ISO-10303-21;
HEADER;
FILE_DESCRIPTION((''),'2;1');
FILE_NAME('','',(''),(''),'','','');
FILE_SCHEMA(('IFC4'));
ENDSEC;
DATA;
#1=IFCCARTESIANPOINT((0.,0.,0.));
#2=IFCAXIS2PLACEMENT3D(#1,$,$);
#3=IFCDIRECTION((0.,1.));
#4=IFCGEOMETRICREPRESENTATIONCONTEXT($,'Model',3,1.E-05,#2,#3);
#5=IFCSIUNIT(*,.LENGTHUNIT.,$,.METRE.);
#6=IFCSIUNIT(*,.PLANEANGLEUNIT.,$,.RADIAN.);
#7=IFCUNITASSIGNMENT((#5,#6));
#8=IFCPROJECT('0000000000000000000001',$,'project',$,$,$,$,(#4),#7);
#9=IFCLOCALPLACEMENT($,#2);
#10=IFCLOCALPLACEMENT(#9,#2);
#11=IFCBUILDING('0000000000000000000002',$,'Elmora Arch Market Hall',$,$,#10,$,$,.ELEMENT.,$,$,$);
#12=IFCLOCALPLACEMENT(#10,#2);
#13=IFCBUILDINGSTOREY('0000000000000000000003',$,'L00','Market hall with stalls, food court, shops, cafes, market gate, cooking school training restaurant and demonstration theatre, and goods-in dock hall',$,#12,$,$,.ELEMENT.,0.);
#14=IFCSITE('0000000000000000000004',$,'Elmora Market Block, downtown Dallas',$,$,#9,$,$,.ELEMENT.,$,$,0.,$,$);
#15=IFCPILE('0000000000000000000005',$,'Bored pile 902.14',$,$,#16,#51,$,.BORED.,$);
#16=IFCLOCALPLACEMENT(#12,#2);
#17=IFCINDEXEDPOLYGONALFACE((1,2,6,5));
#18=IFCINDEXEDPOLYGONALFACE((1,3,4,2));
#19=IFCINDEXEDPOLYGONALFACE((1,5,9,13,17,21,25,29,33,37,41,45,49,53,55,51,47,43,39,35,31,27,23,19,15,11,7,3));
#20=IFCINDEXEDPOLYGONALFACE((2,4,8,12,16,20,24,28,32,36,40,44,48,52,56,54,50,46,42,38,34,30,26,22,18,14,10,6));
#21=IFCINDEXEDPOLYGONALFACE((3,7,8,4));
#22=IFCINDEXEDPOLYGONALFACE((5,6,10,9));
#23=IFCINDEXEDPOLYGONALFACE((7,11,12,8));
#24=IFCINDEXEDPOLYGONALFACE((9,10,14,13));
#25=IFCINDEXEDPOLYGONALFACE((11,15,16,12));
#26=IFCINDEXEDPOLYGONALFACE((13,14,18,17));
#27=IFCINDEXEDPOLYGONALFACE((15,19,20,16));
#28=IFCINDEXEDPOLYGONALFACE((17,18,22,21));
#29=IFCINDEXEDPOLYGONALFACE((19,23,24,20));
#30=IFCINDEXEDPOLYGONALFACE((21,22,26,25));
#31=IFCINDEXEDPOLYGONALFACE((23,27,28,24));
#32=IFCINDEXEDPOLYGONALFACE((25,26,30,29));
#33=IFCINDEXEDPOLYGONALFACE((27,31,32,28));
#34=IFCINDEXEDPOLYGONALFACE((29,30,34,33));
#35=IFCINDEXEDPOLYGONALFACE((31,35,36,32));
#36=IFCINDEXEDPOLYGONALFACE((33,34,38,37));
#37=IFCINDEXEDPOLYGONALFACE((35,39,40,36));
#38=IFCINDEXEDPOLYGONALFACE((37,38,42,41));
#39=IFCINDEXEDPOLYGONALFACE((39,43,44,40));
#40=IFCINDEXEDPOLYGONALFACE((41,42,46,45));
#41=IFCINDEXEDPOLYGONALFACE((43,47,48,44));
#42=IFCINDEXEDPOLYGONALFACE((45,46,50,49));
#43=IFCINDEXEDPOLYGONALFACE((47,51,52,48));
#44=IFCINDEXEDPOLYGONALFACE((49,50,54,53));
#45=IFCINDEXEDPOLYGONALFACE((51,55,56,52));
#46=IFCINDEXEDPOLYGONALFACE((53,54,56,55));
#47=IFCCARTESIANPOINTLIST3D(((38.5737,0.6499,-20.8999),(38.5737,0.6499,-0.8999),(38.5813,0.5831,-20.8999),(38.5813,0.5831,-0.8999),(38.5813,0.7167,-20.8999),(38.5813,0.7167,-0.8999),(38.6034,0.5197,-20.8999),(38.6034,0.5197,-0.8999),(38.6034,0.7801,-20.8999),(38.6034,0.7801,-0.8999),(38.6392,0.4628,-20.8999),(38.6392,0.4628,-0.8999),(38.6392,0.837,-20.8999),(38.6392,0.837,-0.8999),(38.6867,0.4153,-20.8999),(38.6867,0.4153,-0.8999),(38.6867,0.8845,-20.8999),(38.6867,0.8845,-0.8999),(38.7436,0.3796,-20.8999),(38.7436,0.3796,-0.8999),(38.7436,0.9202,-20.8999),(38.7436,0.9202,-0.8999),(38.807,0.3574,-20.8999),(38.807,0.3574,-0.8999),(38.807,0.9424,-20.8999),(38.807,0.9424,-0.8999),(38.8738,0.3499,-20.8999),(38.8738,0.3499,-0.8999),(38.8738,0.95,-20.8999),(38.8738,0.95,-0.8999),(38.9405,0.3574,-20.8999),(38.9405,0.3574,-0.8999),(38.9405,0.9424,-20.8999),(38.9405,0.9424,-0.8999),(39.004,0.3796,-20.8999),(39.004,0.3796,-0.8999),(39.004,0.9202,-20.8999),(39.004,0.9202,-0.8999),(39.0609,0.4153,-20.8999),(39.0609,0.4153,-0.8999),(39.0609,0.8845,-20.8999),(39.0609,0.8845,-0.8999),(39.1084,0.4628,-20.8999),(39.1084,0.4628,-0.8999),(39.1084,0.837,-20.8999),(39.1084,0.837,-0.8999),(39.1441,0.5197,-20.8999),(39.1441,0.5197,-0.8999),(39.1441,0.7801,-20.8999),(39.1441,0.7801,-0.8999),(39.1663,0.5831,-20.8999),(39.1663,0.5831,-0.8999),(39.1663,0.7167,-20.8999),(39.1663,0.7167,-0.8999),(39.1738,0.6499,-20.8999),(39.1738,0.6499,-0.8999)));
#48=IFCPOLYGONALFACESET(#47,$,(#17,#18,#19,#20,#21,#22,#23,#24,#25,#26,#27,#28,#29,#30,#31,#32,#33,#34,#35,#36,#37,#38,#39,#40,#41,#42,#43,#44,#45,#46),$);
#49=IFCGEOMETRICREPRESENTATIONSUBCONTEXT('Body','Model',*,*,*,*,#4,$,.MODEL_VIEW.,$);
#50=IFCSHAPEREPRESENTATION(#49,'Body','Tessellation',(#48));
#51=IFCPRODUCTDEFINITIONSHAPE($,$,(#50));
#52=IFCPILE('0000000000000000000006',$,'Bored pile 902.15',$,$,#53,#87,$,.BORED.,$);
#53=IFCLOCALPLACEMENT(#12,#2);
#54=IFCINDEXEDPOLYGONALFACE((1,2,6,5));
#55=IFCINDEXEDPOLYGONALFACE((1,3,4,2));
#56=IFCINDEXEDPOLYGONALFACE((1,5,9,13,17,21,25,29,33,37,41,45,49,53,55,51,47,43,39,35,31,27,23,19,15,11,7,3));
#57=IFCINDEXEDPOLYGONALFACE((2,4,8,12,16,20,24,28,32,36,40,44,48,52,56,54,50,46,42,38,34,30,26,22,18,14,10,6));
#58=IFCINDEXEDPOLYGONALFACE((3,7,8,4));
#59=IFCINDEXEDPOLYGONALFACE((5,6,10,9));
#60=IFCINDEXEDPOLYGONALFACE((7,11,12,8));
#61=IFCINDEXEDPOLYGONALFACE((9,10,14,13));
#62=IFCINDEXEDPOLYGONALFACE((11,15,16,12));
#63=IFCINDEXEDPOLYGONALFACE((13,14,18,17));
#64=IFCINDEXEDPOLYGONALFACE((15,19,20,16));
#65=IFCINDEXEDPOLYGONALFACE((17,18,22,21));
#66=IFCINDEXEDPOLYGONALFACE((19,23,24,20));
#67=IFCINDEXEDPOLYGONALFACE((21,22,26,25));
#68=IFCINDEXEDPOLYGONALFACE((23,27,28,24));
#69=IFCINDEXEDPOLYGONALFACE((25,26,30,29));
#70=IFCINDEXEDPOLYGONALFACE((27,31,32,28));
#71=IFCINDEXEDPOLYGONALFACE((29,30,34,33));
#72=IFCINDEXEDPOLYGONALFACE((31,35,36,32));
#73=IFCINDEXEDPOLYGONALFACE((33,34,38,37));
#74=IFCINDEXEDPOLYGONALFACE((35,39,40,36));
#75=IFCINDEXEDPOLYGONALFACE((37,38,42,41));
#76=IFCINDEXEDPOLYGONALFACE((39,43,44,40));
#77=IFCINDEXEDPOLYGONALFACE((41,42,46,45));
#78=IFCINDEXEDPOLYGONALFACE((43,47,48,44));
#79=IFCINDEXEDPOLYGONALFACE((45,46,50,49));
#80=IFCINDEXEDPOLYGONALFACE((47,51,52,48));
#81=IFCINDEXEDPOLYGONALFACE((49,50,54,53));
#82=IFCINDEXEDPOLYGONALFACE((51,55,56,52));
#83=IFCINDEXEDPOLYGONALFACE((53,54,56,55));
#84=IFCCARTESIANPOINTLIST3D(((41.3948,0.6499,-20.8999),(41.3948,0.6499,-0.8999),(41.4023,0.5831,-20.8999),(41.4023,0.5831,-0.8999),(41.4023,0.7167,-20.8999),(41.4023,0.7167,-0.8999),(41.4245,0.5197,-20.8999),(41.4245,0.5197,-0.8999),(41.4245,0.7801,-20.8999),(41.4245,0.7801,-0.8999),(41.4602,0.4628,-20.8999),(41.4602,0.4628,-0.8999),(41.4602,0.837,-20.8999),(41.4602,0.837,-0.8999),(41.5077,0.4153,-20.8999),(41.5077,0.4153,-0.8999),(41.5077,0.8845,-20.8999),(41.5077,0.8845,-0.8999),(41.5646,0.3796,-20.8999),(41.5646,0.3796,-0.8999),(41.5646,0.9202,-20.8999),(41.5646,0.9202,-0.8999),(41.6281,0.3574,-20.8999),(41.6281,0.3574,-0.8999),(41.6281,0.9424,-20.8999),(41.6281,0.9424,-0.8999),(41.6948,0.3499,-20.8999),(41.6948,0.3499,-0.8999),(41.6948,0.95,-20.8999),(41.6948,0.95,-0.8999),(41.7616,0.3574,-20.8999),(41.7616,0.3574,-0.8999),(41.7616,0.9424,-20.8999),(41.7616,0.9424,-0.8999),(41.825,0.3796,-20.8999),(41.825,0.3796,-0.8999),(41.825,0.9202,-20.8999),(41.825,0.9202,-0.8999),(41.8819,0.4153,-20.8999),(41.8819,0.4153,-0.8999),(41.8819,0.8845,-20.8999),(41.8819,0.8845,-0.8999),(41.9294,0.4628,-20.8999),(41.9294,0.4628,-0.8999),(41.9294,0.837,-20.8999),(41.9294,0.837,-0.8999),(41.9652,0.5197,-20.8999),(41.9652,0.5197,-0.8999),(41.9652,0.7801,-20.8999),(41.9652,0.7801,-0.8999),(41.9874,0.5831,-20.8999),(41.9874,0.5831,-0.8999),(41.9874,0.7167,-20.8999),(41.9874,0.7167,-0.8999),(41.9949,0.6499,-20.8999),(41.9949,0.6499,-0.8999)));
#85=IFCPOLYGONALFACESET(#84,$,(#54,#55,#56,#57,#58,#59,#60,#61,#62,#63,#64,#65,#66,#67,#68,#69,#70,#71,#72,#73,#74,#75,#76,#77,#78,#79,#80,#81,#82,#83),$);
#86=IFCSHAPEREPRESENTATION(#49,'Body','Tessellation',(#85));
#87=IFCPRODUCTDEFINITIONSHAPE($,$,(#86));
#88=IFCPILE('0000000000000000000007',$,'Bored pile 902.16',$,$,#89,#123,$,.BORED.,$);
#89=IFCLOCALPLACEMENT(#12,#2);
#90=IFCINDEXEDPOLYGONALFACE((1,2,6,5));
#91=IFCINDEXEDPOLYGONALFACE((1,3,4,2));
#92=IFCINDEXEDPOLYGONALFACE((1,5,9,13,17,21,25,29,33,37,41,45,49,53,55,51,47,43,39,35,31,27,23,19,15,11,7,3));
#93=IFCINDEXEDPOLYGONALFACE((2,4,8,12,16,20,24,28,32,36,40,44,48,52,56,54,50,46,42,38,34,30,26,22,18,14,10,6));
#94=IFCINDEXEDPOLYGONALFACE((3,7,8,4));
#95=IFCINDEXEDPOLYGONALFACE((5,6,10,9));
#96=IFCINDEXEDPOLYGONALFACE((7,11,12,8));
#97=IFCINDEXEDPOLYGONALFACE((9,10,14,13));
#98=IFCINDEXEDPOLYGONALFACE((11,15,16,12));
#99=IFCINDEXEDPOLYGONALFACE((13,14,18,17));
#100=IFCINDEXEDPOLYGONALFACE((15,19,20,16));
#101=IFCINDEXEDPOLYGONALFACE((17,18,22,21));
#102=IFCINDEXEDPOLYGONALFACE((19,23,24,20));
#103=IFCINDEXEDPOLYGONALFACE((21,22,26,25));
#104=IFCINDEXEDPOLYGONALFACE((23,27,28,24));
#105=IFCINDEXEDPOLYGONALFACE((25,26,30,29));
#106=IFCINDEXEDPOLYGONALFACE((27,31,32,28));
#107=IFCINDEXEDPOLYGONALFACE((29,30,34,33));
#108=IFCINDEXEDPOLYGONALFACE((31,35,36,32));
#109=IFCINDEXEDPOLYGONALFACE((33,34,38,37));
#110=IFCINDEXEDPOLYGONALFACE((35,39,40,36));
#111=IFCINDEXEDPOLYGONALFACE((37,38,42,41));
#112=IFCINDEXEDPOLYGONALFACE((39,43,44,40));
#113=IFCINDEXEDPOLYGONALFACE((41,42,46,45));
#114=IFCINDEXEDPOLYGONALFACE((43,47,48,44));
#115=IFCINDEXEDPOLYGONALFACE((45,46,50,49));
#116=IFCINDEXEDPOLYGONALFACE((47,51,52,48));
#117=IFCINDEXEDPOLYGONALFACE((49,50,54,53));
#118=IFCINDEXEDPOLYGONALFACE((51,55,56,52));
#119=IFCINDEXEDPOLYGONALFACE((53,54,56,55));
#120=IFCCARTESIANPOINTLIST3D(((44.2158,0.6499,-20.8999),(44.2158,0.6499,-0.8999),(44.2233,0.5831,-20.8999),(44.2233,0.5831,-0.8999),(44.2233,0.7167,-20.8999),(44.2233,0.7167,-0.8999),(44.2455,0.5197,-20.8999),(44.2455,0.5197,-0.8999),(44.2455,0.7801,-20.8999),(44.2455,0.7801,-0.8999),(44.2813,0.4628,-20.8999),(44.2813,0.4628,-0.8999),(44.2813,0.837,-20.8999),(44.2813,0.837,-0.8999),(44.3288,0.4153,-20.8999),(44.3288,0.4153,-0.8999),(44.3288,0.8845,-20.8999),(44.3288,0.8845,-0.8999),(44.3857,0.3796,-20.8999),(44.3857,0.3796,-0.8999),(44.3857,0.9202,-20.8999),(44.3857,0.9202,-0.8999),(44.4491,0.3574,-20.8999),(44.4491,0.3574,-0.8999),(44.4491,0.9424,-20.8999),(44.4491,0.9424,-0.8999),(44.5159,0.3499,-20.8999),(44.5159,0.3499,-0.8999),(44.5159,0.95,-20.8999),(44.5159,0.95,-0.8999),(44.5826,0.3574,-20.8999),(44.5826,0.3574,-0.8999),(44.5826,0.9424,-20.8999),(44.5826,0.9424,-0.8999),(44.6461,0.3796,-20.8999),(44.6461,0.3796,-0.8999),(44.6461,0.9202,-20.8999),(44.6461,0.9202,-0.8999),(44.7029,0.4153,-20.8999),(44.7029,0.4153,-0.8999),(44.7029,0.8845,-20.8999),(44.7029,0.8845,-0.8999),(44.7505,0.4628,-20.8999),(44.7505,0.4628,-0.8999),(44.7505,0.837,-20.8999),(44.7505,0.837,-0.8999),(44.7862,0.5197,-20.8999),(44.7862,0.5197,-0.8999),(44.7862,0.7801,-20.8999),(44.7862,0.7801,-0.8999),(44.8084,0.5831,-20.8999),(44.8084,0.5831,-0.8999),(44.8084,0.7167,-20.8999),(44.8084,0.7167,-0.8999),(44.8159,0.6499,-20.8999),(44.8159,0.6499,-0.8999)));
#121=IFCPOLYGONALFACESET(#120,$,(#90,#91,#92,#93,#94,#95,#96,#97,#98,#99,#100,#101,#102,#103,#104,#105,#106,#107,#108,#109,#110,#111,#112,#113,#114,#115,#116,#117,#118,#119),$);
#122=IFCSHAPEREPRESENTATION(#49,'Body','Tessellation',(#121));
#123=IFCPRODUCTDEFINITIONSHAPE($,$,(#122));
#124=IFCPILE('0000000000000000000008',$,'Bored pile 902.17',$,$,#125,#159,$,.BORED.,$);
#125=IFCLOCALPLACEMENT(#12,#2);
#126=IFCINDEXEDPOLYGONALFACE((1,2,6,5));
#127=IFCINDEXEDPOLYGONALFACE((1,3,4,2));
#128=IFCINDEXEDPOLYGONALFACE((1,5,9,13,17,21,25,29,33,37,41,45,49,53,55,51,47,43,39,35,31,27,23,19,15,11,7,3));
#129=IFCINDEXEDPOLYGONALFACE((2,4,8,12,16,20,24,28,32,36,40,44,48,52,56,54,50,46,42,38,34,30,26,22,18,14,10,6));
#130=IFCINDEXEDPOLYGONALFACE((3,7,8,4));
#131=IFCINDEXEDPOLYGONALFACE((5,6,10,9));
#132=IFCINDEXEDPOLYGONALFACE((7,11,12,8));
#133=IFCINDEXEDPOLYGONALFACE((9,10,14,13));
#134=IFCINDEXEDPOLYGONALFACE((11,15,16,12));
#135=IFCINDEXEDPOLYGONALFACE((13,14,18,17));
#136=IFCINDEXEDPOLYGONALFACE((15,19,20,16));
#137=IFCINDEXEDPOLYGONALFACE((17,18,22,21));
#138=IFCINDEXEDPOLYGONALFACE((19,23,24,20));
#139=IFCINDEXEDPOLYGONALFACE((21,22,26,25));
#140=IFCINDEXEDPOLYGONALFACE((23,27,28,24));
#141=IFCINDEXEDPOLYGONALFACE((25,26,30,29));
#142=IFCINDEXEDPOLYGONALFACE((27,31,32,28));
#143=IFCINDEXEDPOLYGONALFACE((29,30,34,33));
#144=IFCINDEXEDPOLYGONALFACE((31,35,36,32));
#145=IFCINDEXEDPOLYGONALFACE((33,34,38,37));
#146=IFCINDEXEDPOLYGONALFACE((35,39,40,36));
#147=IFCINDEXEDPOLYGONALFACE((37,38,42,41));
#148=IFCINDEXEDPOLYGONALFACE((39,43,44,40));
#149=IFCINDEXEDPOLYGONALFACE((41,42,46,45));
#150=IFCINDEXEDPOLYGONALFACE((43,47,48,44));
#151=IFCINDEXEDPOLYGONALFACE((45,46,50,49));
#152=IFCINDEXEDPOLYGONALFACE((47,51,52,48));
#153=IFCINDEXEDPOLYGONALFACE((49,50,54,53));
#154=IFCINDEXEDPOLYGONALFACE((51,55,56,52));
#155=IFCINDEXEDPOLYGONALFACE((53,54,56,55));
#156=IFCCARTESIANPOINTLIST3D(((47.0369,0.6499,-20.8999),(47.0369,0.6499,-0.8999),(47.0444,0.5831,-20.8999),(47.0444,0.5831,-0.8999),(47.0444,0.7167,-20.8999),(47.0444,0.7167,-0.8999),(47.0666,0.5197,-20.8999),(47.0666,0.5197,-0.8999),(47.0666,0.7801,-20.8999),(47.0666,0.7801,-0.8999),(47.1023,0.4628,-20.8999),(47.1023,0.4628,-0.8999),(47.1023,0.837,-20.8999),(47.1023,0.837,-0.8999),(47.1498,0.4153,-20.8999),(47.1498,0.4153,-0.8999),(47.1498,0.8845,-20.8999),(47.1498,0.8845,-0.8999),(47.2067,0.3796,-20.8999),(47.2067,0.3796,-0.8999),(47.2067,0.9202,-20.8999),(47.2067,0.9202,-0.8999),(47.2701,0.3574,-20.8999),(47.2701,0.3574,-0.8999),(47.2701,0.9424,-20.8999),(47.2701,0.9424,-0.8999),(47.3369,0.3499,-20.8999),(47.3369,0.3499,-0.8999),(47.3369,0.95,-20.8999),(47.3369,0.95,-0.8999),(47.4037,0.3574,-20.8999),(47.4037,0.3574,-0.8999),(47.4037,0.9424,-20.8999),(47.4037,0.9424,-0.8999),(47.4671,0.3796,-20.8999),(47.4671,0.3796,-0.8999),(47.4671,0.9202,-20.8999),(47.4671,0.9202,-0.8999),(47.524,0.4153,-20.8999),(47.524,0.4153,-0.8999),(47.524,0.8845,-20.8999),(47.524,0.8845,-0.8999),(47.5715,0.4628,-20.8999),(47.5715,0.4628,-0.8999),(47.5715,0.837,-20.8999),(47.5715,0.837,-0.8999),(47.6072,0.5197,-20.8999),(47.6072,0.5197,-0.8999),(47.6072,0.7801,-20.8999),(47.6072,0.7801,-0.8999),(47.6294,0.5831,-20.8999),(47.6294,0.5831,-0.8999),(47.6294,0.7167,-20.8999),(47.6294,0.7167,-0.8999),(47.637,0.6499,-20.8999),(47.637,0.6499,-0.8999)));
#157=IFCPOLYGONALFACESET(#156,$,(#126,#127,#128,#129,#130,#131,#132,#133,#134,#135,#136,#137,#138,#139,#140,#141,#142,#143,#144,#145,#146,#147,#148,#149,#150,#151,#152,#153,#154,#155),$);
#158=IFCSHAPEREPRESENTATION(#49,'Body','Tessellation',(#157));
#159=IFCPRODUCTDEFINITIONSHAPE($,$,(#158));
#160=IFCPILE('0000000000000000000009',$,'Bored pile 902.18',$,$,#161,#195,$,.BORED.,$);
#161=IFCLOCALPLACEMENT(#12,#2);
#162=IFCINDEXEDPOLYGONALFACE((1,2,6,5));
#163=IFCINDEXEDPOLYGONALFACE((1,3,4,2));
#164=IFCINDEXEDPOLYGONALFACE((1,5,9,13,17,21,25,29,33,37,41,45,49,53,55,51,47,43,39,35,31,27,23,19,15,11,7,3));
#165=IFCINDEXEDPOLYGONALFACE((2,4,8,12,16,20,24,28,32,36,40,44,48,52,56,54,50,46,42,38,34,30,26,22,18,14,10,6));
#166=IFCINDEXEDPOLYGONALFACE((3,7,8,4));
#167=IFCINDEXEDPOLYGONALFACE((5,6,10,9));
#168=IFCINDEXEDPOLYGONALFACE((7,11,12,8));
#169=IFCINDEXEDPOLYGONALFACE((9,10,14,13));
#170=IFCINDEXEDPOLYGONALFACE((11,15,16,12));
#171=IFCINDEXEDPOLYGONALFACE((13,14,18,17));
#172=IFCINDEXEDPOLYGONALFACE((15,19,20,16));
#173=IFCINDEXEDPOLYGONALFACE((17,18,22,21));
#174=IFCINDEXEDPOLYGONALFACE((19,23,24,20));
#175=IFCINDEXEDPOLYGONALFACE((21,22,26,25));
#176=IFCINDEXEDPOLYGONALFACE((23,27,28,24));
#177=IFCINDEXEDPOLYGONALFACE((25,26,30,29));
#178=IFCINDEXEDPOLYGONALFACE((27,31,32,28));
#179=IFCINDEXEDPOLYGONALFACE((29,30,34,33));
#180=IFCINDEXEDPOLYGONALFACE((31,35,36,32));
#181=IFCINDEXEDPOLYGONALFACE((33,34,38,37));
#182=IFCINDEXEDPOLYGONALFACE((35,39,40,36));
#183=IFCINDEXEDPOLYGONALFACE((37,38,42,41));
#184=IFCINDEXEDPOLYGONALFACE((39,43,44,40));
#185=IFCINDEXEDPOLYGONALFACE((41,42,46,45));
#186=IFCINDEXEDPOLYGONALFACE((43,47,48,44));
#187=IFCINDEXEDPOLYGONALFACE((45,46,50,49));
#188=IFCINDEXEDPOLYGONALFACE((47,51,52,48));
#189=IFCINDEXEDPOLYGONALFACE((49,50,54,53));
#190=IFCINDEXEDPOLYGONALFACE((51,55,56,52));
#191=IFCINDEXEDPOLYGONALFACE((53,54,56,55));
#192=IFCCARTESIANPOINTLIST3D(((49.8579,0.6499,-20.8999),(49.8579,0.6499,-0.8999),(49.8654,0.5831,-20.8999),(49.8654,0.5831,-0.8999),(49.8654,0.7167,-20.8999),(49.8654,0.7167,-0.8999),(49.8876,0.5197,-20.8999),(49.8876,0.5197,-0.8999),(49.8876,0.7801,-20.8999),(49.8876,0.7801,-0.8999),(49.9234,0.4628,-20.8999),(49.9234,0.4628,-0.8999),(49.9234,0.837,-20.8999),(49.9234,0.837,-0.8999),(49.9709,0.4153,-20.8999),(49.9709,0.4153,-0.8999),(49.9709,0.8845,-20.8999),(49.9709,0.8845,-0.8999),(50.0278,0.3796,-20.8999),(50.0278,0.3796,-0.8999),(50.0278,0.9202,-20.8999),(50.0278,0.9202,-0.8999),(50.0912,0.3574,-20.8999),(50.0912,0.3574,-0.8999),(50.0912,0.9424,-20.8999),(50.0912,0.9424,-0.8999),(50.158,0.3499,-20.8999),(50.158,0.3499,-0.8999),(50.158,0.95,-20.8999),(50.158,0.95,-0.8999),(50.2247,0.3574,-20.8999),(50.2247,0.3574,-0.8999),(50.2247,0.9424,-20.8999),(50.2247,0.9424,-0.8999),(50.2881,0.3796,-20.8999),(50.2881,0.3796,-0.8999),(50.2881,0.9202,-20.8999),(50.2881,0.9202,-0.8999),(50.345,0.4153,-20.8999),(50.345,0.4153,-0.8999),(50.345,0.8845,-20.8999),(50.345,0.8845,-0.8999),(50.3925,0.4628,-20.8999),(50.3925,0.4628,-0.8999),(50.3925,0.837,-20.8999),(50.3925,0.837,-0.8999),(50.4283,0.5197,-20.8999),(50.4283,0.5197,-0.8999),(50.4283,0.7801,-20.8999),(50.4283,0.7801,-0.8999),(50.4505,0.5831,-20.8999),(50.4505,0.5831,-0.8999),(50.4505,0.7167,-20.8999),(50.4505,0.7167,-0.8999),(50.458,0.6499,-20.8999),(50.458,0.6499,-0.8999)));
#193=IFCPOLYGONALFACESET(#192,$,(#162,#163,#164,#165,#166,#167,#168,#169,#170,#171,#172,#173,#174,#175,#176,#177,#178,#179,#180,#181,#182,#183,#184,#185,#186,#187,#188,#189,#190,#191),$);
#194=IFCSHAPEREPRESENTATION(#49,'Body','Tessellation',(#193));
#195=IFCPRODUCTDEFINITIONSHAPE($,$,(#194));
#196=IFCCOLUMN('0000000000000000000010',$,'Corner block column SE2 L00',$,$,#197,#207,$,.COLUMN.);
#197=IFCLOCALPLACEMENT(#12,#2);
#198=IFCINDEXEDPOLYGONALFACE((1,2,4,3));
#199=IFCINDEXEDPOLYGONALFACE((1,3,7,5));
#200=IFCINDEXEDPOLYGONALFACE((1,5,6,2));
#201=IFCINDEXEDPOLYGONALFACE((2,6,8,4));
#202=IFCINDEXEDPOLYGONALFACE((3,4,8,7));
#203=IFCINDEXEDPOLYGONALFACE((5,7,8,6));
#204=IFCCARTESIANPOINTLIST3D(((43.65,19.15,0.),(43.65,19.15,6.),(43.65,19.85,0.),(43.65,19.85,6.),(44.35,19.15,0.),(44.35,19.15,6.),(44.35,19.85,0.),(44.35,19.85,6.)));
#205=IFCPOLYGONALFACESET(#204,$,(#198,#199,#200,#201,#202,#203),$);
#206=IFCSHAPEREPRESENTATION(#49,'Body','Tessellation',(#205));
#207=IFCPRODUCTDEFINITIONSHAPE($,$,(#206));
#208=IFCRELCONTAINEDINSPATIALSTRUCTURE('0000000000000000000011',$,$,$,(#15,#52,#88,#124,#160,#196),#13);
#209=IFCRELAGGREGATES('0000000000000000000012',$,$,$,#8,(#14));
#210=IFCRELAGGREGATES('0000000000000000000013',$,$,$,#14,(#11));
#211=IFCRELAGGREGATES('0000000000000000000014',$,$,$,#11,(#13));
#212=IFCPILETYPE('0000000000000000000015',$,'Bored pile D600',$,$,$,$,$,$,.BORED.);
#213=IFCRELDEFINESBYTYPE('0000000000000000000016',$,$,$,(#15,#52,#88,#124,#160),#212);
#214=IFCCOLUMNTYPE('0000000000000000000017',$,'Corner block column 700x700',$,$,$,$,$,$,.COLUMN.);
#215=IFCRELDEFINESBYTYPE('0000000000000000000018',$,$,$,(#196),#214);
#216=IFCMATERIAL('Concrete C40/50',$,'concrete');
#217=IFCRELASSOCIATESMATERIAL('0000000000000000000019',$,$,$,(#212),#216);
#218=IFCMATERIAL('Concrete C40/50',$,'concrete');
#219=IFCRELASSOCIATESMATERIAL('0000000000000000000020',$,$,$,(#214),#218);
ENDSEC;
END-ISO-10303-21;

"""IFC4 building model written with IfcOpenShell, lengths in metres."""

from ifc_helpers import new_model, si_unit, direction, frame, origin, origin_2d, place, context, subcontext, project, spatial, rectangle, circle, extrude, material, material_profile, profile_set, type_object, element, save


model = new_model("IFC4")

# Units and contexts
model_context = context("Model", 3, precision=1e-05, world=origin(), true_north=direction((0.0, 1.0)))
body_context = subcontext(model_context, "Body", "Model", "MODEL_VIEW")
ifc_project = project(units=[si_unit("LENGTHUNIT", "METRE"), si_unit("PLANEANGLEUNIT", "RADIAN")], contexts=[model_context])

# Site, building, storey
site_placement = place(None, origin())
site = spatial("IfcSite", under=ifc_project, at=site_placement, Name="Elmora Market Block, downtown Dallas", CompositionType="ELEMENT", RefElevation=0.0)
building_placement = place(site_placement, origin())
building = spatial("IfcBuilding", under=site, at=building_placement, Name="Elmora Arch Market Hall", CompositionType="ELEMENT")
storey_placement = place(building_placement, origin())
storey = spatial("IfcBuildingStorey", under=building, at=storey_placement, Name="L00", Description="Market hall with stalls, food court, shops, cafes, market gate, cooking school training restaurant and demonstration theatre, and goods-in dock hall", CompositionType="ELEMENT", Elevation=0.0)

# Piles
ifc_material_1 = material(Name="Concrete C40/50", Category="concrete")
ifc_material_profile_1 = material_profile(ifc_material_1, circle(Radius=0.3, at=origin_2d()), Name="Bored pile D600")
ifc_profile_set_1 = profile_set([ifc_material_profile_1], Name="Concrete C40/50")
pile_type = type_object("IfcPileType", Name="Bored pile D600", PredefinedType="BORED", material=ifc_profile_set_1)
for number, where, z_axis, x_axis, name in (
    (1, (38.8738, 0.6499, -0.8999), (0.0, 0.0, -1.0), (1.0, 0.0, 0.0), "Bored pile 902.14"),
    (2, (41.6948, 0.6499, -0.8999), (0.0, 0.0, -1.0), (1.0, 0.0, 0.0), "Bored pile 902.15"),
    (3, (44.5159, 0.6499, -0.8999), (0.0, 0.0, -1.0), (1.0, 0.0, 0.0), "Bored pile 902.16"),
    (4, (47.3369, 0.6499, -0.8999), (0.0, 0.0, -1.0), (1.0, 0.0, 0.0), "Bored pile 902.17"),
    (5, (50.158, 0.6499, -0.8999), (0.0, 0.0, -1.0), (1.0, 0.0, 0.0), "Bored pile 902.18"),
):
    element("IfcPile", number, at=place(storey_placement, frame(where, z_axis=z_axis, x_axis=x_axis)), inside=storey, type_object=pile_type, Name=name, PredefinedType="BORED", context=body_context, shape_type="SweptSolid", body=[
        extrude(circle(Radius=0.3, at=origin_2d()), origin(), (0.0, 0.0, 1.0), 20.0),
    ])

# Column
ifc_material_2 = material(Name="Concrete C40/50", Category="concrete")
ifc_material_profile_2 = material_profile(ifc_material_2, rectangle(XDim=0.7, YDim=0.7, at=origin_2d()), Name="Corner block column 700x700")
ifc_profile_set_2 = profile_set([ifc_material_profile_2], Name="Concrete C40/50")
column_type_1 = type_object("IfcColumnType", Name="Corner block column 700x700", PredefinedType="COLUMN", material=ifc_profile_set_2)
column_placement = place(storey_placement, frame((44.0, 19.5, 0.0), z_axis=(0.0, 0.0, 1.0), x_axis=(1.0, 0.0, 0.0)))
element("IfcColumn", 6, at=column_placement, inside=storey, type_object=column_type_1, Name="Corner block column SE2 L00", PredefinedType="COLUMN", context=body_context, shape_type="SweptSolid", body=[
    extrude(rectangle(XDim=0.7, YDim=0.7, at=origin_2d()), origin(), (0.0, 0.0, 1.0), 6.0),
])

save(model, "model.ifc")
